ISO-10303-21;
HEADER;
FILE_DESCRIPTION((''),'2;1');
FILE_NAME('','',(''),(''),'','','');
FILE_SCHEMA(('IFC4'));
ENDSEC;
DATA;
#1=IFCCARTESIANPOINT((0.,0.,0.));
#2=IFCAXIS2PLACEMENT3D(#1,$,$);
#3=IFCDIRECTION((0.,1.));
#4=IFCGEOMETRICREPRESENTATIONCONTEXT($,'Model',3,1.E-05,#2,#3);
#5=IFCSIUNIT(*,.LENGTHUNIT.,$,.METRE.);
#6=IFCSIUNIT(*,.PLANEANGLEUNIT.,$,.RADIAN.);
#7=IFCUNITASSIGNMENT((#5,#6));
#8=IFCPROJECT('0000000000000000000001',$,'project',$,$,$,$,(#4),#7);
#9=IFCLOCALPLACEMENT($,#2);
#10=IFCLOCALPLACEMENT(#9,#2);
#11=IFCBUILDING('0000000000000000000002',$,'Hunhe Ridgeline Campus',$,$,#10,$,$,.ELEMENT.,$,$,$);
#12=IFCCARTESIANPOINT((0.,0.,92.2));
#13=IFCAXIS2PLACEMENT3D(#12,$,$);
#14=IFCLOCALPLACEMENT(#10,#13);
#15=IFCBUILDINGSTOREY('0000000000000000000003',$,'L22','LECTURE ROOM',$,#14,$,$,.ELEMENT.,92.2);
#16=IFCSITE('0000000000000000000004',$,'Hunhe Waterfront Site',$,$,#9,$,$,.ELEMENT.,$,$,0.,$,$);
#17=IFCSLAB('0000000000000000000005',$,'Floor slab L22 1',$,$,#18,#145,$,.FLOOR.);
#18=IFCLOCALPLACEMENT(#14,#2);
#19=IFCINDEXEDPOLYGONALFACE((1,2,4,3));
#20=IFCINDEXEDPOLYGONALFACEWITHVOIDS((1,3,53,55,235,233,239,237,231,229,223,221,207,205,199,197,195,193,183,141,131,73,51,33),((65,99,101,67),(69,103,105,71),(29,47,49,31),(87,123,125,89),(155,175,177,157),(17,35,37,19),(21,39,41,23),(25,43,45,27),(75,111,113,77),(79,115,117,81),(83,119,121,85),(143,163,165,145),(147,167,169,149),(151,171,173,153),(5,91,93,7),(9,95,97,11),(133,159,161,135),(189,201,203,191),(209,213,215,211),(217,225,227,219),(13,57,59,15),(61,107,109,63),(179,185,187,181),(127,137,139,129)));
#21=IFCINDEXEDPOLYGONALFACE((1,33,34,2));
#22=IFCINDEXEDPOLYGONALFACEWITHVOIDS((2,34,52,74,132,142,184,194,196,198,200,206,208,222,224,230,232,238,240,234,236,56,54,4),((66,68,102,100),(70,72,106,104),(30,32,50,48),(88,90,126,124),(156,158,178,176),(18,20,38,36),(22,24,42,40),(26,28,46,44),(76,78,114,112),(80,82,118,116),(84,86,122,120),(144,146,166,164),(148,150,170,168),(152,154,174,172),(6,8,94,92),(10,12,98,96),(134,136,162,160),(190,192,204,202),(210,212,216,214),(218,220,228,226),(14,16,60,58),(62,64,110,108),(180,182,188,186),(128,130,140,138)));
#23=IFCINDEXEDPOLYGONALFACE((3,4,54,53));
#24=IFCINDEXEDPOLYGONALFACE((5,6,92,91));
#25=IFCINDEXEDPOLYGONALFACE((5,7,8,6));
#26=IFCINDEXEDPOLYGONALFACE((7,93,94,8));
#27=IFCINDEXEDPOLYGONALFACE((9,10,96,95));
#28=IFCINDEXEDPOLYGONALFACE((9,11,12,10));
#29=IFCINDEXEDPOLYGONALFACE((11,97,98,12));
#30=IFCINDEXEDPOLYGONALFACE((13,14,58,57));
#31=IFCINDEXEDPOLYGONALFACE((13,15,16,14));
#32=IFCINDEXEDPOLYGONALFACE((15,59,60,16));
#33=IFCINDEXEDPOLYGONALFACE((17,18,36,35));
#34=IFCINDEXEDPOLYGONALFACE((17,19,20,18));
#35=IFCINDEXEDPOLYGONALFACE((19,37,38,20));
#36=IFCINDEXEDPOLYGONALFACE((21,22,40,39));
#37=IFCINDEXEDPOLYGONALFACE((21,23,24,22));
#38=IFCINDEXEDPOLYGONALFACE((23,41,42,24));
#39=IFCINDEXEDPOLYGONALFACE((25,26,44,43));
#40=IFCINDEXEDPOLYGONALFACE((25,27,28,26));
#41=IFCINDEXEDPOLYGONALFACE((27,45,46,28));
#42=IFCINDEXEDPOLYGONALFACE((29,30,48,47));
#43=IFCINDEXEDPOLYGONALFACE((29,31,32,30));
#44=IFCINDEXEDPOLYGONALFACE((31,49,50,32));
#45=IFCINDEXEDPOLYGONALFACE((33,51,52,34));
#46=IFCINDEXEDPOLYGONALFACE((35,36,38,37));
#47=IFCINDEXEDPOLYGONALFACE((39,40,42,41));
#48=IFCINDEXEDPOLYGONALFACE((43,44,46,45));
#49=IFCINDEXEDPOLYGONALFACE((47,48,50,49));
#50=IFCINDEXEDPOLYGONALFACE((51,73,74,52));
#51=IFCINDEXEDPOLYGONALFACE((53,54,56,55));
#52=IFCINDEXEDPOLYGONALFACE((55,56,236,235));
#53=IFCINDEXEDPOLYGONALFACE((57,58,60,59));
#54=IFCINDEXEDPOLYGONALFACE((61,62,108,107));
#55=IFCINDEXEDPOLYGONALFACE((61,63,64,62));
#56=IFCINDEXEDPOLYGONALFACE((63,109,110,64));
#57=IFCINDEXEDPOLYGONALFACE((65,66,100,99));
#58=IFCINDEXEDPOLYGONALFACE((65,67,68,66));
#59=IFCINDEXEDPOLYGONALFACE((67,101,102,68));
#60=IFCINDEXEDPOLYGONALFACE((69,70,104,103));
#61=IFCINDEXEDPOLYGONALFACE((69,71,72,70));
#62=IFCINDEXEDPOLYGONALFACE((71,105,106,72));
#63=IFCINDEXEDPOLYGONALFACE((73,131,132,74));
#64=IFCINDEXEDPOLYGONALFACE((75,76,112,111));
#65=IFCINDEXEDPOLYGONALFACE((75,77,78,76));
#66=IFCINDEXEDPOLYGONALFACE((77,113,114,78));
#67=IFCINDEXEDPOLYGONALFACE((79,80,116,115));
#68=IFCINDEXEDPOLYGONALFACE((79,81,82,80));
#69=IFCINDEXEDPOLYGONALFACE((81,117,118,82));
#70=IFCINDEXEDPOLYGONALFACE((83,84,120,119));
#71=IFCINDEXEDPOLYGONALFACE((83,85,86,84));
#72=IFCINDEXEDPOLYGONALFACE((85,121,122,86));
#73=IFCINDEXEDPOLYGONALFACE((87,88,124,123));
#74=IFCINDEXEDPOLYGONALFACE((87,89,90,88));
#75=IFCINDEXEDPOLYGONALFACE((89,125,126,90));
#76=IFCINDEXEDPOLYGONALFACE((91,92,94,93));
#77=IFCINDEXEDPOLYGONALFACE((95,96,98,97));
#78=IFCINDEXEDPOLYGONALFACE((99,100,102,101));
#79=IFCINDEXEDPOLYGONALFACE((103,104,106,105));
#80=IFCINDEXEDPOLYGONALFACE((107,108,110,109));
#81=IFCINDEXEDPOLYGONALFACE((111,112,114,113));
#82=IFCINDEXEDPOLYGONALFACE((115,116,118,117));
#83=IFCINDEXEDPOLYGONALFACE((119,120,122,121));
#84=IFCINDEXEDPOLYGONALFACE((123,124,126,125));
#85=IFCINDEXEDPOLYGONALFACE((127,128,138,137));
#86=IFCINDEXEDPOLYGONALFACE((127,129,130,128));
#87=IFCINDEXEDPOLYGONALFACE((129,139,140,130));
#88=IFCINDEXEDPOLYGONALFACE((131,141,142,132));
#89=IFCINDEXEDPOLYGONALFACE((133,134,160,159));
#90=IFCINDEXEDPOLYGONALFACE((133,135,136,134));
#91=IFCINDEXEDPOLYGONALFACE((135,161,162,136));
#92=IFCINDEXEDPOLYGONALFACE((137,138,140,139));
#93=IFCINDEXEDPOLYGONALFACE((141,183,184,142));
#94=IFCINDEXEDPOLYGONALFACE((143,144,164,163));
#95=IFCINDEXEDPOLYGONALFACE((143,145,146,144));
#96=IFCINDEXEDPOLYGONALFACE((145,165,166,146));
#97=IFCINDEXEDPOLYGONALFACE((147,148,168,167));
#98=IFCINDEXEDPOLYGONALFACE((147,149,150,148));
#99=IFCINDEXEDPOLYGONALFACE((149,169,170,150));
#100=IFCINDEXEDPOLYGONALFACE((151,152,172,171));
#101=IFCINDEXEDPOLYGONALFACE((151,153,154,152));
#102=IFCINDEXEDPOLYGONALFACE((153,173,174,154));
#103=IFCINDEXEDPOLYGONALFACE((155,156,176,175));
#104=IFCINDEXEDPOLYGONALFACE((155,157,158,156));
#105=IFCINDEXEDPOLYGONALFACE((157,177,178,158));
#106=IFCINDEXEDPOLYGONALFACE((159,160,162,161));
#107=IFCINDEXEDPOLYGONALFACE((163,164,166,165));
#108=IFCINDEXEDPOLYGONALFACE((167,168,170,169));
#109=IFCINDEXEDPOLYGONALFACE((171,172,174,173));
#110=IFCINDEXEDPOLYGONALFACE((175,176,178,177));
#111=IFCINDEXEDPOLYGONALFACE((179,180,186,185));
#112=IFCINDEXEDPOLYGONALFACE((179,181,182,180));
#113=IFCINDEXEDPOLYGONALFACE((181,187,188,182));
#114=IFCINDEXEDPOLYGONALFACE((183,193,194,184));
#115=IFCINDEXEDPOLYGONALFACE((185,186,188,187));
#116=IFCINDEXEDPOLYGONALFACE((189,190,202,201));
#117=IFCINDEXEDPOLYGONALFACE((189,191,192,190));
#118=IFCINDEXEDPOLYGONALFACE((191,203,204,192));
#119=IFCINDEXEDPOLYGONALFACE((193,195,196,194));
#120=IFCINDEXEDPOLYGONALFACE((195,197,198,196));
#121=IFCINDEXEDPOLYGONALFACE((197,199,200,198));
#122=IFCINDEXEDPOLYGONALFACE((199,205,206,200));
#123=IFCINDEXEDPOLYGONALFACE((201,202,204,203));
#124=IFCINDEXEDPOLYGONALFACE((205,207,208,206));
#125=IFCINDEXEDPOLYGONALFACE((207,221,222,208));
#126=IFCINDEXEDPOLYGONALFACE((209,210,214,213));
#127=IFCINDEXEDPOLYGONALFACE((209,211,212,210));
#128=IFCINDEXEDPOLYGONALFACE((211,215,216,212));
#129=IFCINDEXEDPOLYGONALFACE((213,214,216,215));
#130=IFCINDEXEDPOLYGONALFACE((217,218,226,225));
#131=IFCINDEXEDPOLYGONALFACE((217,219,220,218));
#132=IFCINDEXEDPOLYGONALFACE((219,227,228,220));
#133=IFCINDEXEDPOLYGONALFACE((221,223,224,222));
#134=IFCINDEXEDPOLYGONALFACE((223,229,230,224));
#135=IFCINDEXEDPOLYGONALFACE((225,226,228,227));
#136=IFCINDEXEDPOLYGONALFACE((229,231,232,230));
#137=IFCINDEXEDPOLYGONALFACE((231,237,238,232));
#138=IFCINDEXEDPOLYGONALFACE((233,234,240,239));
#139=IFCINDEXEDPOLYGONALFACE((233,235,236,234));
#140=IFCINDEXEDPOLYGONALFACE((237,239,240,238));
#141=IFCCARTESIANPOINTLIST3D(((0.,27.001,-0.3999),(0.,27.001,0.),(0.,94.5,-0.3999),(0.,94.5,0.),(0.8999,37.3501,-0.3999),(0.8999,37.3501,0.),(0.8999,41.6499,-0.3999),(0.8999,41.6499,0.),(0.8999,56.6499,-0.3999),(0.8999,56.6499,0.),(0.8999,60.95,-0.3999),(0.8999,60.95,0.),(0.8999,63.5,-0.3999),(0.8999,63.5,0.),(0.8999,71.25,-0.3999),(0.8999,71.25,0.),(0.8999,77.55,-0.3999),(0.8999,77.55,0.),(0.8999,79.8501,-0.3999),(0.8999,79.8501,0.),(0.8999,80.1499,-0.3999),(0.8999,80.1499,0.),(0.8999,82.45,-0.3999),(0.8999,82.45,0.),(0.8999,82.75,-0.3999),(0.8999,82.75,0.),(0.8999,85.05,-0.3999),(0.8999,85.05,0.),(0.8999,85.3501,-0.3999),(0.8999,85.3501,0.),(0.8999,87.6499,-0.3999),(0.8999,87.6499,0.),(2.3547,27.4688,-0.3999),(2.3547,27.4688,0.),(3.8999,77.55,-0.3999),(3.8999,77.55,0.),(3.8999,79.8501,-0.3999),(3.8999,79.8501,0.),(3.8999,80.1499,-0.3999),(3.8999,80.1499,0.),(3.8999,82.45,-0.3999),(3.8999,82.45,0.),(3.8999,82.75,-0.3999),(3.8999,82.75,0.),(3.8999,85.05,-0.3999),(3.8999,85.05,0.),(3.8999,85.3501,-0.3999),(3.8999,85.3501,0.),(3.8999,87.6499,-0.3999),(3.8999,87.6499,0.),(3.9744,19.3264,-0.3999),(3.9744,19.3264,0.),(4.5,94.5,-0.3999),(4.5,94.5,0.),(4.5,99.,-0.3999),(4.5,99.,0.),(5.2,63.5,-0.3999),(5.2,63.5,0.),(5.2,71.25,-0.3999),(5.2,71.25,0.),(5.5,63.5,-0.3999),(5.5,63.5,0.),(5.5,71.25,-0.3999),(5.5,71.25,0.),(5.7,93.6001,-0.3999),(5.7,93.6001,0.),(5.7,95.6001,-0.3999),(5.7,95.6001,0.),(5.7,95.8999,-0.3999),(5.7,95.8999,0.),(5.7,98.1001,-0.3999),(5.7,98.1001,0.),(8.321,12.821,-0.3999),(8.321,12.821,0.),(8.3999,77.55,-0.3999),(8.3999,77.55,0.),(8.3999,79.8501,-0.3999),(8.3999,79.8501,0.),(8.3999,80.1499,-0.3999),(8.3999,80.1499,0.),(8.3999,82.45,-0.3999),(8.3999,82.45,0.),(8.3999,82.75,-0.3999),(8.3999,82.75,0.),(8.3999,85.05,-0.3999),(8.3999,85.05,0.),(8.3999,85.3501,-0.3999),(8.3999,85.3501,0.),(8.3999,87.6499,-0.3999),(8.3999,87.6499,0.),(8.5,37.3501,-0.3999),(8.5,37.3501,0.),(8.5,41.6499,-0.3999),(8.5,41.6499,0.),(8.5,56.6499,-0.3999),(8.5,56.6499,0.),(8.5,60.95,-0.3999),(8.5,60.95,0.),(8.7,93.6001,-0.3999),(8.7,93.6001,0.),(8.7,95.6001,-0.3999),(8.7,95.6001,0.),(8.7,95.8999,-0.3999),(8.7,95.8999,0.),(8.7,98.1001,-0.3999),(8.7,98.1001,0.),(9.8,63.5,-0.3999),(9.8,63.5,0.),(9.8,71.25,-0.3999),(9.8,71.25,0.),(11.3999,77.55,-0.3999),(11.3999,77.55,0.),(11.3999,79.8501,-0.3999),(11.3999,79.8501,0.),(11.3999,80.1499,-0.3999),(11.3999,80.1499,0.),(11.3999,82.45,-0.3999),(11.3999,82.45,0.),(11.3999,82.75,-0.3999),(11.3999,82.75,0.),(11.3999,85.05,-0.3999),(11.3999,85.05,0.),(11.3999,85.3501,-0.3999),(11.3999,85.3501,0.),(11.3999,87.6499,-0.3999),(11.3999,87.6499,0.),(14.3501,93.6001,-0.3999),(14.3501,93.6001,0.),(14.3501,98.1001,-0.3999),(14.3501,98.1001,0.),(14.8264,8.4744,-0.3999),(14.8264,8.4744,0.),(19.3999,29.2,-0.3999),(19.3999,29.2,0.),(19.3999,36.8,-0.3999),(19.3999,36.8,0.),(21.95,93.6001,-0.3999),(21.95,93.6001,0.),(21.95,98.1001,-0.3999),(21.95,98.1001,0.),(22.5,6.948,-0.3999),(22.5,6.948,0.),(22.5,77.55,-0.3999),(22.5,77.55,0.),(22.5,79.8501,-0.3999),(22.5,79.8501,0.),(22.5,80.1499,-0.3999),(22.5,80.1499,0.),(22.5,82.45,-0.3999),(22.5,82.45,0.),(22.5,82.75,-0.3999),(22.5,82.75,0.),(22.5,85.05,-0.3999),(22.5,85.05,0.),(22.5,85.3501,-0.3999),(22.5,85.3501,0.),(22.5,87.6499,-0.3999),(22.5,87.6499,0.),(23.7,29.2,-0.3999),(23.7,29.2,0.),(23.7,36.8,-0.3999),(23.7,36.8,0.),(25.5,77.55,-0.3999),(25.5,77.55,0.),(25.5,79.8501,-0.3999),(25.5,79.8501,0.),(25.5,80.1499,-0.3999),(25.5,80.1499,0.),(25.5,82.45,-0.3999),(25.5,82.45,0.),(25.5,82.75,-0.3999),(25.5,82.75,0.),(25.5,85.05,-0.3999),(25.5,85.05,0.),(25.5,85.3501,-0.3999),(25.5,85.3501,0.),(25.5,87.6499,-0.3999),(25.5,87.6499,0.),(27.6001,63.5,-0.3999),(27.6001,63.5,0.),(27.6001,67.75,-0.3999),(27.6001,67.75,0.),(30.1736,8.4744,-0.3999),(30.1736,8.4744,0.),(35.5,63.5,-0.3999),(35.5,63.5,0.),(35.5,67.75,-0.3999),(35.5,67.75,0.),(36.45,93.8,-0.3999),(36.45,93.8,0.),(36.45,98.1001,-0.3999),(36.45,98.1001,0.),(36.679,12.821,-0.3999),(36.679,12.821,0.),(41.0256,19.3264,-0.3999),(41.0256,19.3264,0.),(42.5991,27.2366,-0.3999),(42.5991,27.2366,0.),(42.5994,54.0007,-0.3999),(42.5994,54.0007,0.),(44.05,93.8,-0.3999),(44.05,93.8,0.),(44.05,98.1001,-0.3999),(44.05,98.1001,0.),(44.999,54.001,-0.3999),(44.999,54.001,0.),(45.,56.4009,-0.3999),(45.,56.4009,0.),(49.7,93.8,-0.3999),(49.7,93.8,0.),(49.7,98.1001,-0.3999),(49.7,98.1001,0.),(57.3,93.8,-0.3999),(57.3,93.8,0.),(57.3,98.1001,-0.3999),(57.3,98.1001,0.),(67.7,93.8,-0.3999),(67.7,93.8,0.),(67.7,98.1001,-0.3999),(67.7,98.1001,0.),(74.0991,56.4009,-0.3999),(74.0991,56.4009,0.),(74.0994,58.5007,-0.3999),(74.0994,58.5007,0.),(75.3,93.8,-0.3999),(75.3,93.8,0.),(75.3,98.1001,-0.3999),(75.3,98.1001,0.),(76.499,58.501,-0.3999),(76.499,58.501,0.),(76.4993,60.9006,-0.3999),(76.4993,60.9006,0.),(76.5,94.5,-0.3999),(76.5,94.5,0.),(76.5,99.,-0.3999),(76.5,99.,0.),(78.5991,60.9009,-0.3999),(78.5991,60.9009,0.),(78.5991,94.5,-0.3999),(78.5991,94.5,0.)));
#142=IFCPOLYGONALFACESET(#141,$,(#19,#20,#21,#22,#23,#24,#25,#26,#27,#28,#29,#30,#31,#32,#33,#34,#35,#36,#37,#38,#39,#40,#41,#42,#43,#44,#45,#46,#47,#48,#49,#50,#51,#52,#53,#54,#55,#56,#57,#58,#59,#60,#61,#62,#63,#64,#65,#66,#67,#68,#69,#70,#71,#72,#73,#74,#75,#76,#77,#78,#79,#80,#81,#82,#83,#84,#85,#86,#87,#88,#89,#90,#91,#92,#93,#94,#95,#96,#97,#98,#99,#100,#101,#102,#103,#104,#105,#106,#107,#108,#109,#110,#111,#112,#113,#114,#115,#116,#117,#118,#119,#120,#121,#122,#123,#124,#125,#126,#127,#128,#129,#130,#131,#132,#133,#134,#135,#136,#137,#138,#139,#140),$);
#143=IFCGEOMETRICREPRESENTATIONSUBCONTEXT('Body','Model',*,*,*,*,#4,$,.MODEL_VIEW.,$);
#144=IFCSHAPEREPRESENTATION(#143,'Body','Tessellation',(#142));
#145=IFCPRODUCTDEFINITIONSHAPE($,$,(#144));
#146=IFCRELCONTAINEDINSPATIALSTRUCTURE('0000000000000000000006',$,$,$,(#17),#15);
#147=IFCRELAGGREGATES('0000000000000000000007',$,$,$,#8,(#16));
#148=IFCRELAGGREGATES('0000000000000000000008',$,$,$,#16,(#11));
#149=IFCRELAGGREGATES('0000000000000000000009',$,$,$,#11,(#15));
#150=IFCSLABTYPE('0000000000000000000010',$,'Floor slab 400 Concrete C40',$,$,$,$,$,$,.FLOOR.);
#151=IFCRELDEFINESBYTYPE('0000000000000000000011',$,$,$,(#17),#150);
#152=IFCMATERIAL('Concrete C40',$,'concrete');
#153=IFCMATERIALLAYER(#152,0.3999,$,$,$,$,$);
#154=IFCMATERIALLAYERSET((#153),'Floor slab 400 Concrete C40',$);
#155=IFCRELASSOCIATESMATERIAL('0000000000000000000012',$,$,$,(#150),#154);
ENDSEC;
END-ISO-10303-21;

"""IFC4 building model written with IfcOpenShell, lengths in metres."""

from ifc_helpers import new_model, si_unit, direction, frame, origin, place, context, subcontext, project, spatial, polyline, outline, extrude, material, layer, layer_set, type_object, element, save


model = new_model("IFC4")

# Units and contexts
model_context = context("Model", 3, precision=1e-05, world=origin(), true_north=direction((0.0, 1.0)))
body_context = subcontext(model_context, "Body", "Model", "MODEL_VIEW")
ifc_project = project(units=[si_unit("LENGTHUNIT", "METRE"), si_unit("PLANEANGLEUNIT", "RADIAN")], contexts=[model_context])

# Site, building, storey
site_placement = place(None, origin())
site = spatial("IfcSite", under=ifc_project, at=site_placement, Name="Hunhe Waterfront Site", CompositionType="ELEMENT", RefElevation=0.0)
building_placement = place(site_placement, origin())
building = spatial("IfcBuilding", under=site, at=building_placement, Name="Hunhe Ridgeline Campus", CompositionType="ELEMENT")
storey_placement = place(building_placement, frame((0.0, 0.0, 92.2)))
storey = spatial("IfcBuildingStorey", under=building, at=storey_placement, Name="L22", Description="LECTURE ROOM", CompositionType="ELEMENT", Elevation=92.2)

# Slab
ifc_material_1 = material(Name="Concrete C40", Category="concrete")
ifc_layer_1 = layer(ifc_material_1, 0.3999)
ifc_layer_set_1 = layer_set([ifc_layer_1], Name="Floor slab 400 Concrete C40")
slab_type_1 = type_object("IfcSlabType", Name="Floor slab 400 Concrete C40", PredefinedType="FLOOR", material=ifc_layer_set_1)
slab_1_placement = place(storey_placement, frame((0.0, 0.0, -0.3999)))
element("IfcSlab", 1, at=slab_1_placement, inside=storey, type_object=slab_type_1, Name="Floor slab L22 1", PredefinedType="FLOOR", context=body_context, shape_type="SweptSolid", body=[
    extrude(outline(polyline([(0.0, 27.001), (2.3547, 27.4688), (3.9744, 19.3264), (8.321, 12.821), (14.8264, 8.4744), (22.5, 6.948), (30.1736, 8.4744), (36.679, 12.821), (41.0256, 19.3264), (42.5991, 27.2366), (42.5994, 54.0007), (44.999, 54.001), (45.0, 56.4009), (74.0991, 56.4009), (74.0994, 58.5007), (76.499, 58.501), (76.4993, 60.9006), (78.5991, 60.9009), (78.5991, 94.5), (76.5, 94.5), (76.5, 99.0), (4.5, 99.0), (4.5, 94.5), (0.0, 94.5), (0.0, 27.001)]), holes=[polyline([(67.7, 93.8), (75.3, 93.8), (75.3, 98.1001), (67.7, 98.1001), (67.7, 93.8)]), polyline([(57.3, 93.8), (57.3, 98.1001), (49.7, 98.1001), (49.7, 93.8), (57.3, 93.8)]), polyline([(44.05, 98.1001), (36.45, 98.1001), (36.45, 93.8), (44.05, 93.8), (44.05, 98.1001)]), polyline([(27.6001, 67.75), (27.6001, 63.5), (35.5, 63.5), (35.5, 67.75), (27.6001, 67.75)]), polyline([(25.5, 85.3501), (25.5, 87.6499), (22.5, 87.6499), (22.5, 85.3501), (25.5, 85.3501)]), polyline([(25.5, 85.05), (22.5, 85.05), (22.5, 82.75), (25.5, 82.75), (25.5, 85.05)]), polyline([(22.5, 82.45), (22.5, 80.1499), (25.5, 80.1499), (25.5, 82.45), (22.5, 82.45)]), polyline([(22.5, 77.55), (25.5, 77.55), (25.5, 79.8501), (22.5, 79.8501), (22.5, 77.55)]), polyline([(19.3999, 29.2), (23.7, 29.2), (23.7, 36.8), (19.3999, 36.8), (19.3999, 29.2)]), polyline([(21.95, 98.1001), (14.3501, 98.1001), (14.3501, 93.6001), (21.95, 93.6001), (21.95, 98.1001)]), polyline([(8.3999, 82.45), (8.3999, 80.1499), (11.3999, 80.1499), (11.3999, 82.45), (8.3999, 82.45)]), polyline([(11.3999, 85.3501), (11.3999, 87.6499), (8.3999, 87.6499), (8.3999, 85.3501), (11.3999, 85.3501)]), polyline([(11.3999, 85.05), (8.3999, 85.05), (8.3999, 82.75), (11.3999, 82.75), (11.3999, 85.05)]), polyline([(8.3999, 77.55), (11.3999, 77.55), (11.3999, 79.8501), (8.3999, 79.8501), (8.3999, 77.55)]), polyline([(5.5, 63.5), (9.8, 63.5), (9.8, 71.25), (5.5, 71.25), (5.5, 63.5)]), polyline([(5.7, 98.1001), (5.7, 95.8999), (8.7, 95.8999), (8.7, 98.1001), (5.7, 98.1001)]), polyline([(5.7, 93.6001), (8.7, 93.6001), (8.7, 95.6001), (5.7, 95.6001), (5.7, 93.6001)]), polyline([(0.8999, 60.95), (0.8999, 56.6499), (8.5, 56.6499), (8.5, 60.95), (0.8999, 60.95)]), polyline([(0.8999, 37.3501), (8.5, 37.3501), (8.5, 41.6499), (0.8999, 41.6499), (0.8999, 37.3501)]), polyline([(5.2, 63.5), (5.2, 71.25), (0.8999, 71.25), (0.8999, 63.5), (5.2, 63.5)]), polyline([(3.8999, 85.3501), (3.8999, 87.6499), (0.8999, 87.6499), (0.8999, 85.3501), (3.8999, 85.3501)]), polyline([(3.8999, 85.05), (0.8999, 85.05), (0.8999, 82.75), (3.8999, 82.75), (3.8999, 85.05)]), polyline([(0.8999, 82.45), (0.8999, 80.1499), (3.8999, 80.1499), (3.8999, 82.45), (0.8999, 82.45)]), polyline([(0.8999, 77.55), (3.8999, 77.55), (3.8999, 79.8501), (0.8999, 79.8501), (0.8999, 77.55)])]), origin(), (0.0, 0.0, 1.0), 0.3999),
])

save(model, "model.ifc")
